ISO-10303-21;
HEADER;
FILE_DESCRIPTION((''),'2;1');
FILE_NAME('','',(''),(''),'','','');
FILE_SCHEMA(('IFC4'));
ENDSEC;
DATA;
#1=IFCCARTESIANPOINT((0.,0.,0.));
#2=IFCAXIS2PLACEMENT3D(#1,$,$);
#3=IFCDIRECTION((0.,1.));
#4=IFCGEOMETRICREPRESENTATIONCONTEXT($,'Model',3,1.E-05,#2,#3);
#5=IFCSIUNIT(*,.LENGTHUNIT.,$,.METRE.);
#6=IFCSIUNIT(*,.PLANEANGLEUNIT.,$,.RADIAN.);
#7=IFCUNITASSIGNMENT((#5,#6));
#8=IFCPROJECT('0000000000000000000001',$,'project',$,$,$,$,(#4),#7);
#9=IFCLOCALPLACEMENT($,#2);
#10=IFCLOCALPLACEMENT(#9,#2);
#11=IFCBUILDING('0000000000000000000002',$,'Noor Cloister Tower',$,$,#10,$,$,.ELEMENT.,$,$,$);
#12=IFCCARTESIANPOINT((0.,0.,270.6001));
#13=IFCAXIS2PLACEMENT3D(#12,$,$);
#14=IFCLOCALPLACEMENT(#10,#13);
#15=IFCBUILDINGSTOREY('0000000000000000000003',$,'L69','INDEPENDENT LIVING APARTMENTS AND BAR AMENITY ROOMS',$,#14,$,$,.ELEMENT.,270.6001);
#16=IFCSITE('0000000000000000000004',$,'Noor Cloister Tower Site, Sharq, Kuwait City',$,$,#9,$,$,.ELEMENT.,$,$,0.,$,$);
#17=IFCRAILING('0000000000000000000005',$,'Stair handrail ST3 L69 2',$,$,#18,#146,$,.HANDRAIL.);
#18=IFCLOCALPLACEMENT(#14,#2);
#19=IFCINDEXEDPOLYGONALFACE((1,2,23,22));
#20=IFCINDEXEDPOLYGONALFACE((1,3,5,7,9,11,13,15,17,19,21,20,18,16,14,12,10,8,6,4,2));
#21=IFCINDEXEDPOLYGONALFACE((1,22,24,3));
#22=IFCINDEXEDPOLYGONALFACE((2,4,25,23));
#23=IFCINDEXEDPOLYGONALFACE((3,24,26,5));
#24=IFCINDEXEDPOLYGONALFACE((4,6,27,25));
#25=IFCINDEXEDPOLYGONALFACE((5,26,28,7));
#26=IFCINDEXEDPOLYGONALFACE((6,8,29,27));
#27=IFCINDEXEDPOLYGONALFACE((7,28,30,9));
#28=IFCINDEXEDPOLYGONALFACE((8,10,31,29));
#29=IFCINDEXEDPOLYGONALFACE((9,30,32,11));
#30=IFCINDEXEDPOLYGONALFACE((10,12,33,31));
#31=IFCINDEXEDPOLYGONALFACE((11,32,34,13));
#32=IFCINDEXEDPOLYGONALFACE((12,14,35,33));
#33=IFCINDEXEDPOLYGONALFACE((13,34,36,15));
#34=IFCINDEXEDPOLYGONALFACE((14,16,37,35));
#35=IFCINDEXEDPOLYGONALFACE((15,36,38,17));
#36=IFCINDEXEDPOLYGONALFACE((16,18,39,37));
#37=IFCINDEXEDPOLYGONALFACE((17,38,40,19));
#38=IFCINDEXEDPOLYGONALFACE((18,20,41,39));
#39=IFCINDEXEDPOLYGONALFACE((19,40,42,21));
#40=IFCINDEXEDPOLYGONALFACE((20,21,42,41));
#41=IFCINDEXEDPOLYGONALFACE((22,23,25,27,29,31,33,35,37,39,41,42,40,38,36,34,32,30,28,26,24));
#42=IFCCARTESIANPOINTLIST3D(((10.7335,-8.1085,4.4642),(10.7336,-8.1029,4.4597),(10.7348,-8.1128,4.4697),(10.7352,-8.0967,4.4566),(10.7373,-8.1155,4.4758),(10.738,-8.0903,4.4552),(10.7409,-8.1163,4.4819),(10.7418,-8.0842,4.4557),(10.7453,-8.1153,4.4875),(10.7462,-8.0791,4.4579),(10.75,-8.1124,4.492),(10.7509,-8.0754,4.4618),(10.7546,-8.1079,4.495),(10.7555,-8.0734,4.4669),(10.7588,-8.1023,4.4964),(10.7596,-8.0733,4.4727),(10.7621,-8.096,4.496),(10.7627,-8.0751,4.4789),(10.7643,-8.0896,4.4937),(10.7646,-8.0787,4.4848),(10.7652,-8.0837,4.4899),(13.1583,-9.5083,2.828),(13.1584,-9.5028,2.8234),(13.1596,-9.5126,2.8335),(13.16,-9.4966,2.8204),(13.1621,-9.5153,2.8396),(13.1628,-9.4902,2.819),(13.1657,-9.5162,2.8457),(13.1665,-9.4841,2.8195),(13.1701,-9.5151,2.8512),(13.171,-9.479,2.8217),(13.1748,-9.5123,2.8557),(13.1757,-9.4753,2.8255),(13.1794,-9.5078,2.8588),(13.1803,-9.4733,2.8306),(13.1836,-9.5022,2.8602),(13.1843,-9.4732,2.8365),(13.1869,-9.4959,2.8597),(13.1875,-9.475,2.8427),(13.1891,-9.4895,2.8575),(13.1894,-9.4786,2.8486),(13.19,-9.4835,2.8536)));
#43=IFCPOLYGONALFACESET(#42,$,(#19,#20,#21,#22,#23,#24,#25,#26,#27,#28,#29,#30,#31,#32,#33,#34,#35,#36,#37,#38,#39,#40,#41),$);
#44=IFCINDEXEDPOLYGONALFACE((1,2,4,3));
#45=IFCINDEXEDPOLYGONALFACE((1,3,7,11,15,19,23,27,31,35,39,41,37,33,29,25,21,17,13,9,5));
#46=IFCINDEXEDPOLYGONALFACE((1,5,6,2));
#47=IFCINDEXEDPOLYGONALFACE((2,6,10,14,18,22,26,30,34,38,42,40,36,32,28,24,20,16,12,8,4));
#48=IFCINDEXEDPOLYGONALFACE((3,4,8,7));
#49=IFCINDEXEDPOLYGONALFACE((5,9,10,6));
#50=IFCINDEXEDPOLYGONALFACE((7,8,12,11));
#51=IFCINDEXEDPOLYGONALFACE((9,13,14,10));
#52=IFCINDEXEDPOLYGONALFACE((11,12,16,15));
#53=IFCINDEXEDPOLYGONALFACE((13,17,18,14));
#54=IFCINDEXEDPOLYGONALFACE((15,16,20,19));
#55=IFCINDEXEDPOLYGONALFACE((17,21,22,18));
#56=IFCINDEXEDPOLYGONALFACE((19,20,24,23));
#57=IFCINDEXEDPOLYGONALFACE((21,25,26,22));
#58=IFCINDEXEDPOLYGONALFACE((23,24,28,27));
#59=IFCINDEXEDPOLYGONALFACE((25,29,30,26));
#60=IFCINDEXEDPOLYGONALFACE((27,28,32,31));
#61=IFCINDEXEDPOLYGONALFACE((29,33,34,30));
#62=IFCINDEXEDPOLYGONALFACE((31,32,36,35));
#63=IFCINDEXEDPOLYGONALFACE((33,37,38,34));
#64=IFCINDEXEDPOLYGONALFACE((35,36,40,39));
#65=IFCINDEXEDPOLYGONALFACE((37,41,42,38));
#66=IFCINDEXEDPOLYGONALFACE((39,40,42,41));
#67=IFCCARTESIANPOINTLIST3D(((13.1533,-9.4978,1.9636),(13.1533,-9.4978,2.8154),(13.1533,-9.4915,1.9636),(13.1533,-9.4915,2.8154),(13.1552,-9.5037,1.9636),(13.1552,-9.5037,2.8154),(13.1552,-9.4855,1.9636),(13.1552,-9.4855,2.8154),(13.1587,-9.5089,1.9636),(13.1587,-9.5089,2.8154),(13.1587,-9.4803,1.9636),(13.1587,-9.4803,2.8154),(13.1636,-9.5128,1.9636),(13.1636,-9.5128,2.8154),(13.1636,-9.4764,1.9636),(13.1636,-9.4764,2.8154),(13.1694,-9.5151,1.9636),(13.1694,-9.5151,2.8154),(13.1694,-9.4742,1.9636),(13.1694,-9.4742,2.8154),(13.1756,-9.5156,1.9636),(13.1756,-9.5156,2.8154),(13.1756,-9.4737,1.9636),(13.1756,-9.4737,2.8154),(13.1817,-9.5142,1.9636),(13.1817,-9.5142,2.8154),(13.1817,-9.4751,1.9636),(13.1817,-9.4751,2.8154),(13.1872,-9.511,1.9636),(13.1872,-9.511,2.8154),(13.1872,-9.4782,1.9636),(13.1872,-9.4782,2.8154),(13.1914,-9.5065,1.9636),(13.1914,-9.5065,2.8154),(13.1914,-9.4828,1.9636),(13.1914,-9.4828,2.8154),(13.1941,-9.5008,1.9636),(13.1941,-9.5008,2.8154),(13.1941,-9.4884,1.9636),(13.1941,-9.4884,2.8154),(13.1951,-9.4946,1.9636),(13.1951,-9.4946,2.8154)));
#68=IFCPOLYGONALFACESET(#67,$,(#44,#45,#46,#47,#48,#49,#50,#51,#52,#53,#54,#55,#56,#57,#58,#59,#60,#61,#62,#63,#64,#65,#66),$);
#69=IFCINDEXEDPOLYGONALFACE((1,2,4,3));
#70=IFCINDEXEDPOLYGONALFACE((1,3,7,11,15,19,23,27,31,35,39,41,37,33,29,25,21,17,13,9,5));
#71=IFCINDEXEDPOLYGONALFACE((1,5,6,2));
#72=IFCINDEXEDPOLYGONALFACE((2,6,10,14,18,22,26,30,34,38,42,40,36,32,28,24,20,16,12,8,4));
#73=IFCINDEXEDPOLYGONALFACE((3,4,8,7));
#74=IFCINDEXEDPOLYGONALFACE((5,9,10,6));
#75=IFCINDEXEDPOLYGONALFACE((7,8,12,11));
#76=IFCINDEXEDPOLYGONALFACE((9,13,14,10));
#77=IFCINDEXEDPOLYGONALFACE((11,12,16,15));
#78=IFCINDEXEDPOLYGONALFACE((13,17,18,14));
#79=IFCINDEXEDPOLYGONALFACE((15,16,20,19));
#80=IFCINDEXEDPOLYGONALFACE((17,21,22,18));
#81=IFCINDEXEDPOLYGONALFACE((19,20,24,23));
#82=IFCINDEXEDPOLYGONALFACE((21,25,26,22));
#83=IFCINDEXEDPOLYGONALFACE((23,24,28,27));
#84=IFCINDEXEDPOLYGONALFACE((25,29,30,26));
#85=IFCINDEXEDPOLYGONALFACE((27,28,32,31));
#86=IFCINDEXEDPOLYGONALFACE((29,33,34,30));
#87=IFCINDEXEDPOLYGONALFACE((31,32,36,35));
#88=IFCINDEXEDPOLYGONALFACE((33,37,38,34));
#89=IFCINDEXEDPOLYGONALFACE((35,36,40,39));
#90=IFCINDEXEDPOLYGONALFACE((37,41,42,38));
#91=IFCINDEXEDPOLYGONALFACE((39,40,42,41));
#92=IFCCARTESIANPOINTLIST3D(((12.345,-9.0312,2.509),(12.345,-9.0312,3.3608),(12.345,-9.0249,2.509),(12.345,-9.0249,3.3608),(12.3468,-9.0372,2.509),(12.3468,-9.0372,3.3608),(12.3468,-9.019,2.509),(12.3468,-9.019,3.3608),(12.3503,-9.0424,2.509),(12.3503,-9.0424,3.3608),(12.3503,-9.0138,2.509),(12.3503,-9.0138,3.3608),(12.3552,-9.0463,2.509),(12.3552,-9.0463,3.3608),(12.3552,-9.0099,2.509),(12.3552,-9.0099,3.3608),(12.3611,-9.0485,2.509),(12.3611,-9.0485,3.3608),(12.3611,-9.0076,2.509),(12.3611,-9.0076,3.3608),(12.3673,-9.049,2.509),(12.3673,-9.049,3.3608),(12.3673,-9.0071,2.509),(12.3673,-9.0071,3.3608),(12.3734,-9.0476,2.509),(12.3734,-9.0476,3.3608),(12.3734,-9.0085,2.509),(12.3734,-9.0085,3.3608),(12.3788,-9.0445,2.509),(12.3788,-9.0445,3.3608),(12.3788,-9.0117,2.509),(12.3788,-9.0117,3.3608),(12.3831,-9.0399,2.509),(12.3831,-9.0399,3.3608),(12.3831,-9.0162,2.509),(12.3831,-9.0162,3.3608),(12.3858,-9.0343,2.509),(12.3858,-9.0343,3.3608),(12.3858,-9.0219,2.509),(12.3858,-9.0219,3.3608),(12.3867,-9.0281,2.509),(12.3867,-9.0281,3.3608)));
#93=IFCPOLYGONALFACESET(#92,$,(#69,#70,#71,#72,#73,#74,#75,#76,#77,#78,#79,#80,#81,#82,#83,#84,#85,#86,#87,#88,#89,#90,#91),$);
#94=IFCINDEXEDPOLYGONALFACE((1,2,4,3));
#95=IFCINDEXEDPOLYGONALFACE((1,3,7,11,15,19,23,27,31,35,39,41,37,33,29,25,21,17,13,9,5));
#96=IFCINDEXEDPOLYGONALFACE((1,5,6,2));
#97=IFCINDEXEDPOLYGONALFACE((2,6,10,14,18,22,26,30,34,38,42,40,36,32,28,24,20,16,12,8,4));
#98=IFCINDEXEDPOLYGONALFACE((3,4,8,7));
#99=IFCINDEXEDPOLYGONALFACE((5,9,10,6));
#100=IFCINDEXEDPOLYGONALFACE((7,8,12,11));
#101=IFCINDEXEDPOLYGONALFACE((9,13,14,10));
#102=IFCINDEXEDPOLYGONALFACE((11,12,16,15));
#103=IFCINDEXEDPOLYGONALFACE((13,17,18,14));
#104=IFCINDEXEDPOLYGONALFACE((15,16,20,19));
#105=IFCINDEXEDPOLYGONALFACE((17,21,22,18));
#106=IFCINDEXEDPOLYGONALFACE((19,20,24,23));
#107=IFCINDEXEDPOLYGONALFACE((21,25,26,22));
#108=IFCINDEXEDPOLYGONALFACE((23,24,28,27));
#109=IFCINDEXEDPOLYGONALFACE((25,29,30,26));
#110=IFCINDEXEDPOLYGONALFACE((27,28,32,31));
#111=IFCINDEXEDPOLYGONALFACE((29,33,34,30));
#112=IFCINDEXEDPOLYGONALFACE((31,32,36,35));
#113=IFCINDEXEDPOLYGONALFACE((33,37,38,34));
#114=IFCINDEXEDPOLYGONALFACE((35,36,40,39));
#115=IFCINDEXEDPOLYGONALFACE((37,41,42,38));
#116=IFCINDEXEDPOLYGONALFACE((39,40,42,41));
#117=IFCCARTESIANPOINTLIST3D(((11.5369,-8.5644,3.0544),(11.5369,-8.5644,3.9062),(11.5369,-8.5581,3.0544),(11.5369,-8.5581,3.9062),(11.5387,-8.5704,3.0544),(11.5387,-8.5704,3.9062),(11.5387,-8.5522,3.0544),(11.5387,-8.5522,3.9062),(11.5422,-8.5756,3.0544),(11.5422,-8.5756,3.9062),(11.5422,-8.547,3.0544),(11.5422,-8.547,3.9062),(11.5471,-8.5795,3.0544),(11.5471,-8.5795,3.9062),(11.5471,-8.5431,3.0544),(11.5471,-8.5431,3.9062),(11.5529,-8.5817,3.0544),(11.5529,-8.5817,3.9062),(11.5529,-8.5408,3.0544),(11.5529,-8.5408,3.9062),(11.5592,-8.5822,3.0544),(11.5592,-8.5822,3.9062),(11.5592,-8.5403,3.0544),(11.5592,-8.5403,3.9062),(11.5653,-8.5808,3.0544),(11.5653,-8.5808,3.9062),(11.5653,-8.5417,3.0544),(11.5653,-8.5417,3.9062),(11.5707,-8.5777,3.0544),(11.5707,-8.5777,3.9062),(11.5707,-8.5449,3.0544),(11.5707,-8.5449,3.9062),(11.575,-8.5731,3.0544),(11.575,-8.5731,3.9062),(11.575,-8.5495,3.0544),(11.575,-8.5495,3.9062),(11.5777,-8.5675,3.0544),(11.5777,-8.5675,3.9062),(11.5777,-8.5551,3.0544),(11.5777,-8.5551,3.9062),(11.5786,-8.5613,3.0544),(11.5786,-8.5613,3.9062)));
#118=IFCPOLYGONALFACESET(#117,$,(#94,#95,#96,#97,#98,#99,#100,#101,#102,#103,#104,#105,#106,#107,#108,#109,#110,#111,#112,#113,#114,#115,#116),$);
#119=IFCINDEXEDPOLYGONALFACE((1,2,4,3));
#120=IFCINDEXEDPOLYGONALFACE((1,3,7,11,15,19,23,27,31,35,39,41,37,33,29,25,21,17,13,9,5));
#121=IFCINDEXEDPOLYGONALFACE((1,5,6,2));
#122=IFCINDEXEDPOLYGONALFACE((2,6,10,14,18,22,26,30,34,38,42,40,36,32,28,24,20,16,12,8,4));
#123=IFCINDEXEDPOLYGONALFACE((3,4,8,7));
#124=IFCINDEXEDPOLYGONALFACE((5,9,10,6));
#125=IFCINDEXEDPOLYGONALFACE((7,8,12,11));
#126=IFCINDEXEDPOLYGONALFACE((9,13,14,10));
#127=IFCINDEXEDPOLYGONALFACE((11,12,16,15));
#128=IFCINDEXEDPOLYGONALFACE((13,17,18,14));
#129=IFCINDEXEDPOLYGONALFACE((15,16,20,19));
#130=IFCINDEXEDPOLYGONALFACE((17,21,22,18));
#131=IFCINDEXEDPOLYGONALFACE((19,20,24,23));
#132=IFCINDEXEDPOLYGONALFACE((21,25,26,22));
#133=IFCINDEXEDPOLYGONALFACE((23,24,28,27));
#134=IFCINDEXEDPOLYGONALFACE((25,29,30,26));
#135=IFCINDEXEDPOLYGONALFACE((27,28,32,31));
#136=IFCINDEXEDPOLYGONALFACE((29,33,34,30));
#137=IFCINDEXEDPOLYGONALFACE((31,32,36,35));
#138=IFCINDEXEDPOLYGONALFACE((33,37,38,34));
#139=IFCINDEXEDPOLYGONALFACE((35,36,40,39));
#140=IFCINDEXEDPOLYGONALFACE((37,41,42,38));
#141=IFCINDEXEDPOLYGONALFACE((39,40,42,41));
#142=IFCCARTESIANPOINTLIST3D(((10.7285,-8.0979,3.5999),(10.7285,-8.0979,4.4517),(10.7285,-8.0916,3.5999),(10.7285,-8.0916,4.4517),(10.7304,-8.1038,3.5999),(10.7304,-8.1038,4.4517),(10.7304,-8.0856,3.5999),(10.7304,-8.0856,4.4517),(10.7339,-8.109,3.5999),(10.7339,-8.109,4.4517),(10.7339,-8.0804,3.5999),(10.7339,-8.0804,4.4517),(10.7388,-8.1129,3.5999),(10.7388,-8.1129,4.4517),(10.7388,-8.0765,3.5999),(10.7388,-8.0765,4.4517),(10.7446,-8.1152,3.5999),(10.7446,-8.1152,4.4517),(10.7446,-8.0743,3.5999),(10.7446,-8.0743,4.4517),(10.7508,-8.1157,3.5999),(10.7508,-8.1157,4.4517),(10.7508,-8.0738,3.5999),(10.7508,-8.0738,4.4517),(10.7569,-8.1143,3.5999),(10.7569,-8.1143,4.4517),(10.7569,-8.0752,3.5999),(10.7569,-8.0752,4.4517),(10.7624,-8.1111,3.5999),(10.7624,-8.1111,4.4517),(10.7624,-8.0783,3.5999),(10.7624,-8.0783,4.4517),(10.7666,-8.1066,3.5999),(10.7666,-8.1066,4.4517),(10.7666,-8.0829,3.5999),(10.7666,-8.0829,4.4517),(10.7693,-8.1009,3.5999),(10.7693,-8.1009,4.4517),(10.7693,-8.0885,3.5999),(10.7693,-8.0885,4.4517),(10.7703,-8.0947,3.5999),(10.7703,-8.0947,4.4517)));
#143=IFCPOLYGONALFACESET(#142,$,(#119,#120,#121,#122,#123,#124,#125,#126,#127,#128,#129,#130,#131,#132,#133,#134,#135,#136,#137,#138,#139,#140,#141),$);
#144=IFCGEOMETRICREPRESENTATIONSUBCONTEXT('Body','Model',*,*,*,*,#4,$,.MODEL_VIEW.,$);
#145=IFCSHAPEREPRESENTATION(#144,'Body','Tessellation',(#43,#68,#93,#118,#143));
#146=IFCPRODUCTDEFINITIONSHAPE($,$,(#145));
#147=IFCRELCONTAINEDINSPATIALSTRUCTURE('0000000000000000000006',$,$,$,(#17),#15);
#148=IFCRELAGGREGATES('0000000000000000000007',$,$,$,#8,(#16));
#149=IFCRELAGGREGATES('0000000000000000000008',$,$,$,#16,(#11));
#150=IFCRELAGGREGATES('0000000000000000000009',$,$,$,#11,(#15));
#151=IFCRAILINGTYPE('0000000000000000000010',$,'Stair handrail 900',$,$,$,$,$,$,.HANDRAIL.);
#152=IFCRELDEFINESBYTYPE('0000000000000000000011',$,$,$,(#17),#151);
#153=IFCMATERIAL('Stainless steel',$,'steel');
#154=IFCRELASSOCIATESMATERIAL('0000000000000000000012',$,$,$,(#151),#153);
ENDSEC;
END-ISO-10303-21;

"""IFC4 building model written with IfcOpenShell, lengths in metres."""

from ifc_helpers import new_model, si_unit, direction, frame, origin, origin_2d, place, context, subcontext, project, spatial, circle, extrude, material, type_object, element, save


model = new_model("IFC4")

# Units and contexts
model_context = context("Model", 3, precision=1e-05, world=origin(), true_north=direction((0.0, 1.0)))
body_context = subcontext(model_context, "Body", "Model", "MODEL_VIEW")
ifc_project = project(units=[si_unit("LENGTHUNIT", "METRE"), si_unit("PLANEANGLEUNIT", "RADIAN")], contexts=[model_context])

# Site, building, storey
site_placement = place(None, origin())
site = spatial("IfcSite", under=ifc_project, at=site_placement, Name="Noor Cloister Tower Site, Sharq, Kuwait City", CompositionType="ELEMENT", RefElevation=0.0)
building_placement = place(site_placement, origin())
building = spatial("IfcBuilding", under=site, at=building_placement, Name="Noor Cloister Tower", CompositionType="ELEMENT")
storey_placement = place(building_placement, frame((0.0, 0.0, 270.6001)))
storey = spatial("IfcBuildingStorey", under=building, at=storey_placement, Name="L69", Description="INDEPENDENT LIVING APARTMENTS AND BAR AMENITY ROOMS", CompositionType="ELEMENT", Elevation=270.6001)

# Railing
ifc_material_1 = material(Name="Stainless steel", Category="steel")
railing_type_1 = type_object("IfcRailingType", Name="Stair handrail 900", PredefinedType="HANDRAIL", material=ifc_material_1)
railing_1_placement = place(storey_placement, frame((13.1741, -9.4946, 1.9636)))
element("IfcRailing", 1, at=railing_1_placement, inside=storey, type_object=railing_type_1, Name="Stair handrail ST3 L69 2", PredefinedType="HANDRAIL", context=body_context, shape_type="SweptSolid", body=[
    extrude(circle(Radius=0.0239, at=origin_2d()), frame((0.0, 0.0, 0.876), z_axis=(-0.747718, 0.431677, 0.504552), x_axis=(-0.499984, -0.866035, 0.0)), (0.0, 0.0, 1.0), 3.2429),
    extrude(circle(Radius=0.021, at=origin_2d()), origin(), (0.0, 0.0, 1.0), 0.8518),
    extrude(circle(Radius=0.021, at=origin_2d()), frame((-0.8083, 0.4666, 0.5454)), (0.0, 0.0, 1.0), 0.8518),
    extrude(circle(Radius=0.021, at=origin_2d()), frame((-1.6165, 0.9333, 1.0908)), (0.0, 0.0, 1.0), 0.8518),
    extrude(circle(Radius=0.021, at=origin_2d()), frame((-2.4248, 1.3999, 1.6362)), (0.0, 0.0, 1.0), 0.8518),
])

save(model, "model.ifc")
